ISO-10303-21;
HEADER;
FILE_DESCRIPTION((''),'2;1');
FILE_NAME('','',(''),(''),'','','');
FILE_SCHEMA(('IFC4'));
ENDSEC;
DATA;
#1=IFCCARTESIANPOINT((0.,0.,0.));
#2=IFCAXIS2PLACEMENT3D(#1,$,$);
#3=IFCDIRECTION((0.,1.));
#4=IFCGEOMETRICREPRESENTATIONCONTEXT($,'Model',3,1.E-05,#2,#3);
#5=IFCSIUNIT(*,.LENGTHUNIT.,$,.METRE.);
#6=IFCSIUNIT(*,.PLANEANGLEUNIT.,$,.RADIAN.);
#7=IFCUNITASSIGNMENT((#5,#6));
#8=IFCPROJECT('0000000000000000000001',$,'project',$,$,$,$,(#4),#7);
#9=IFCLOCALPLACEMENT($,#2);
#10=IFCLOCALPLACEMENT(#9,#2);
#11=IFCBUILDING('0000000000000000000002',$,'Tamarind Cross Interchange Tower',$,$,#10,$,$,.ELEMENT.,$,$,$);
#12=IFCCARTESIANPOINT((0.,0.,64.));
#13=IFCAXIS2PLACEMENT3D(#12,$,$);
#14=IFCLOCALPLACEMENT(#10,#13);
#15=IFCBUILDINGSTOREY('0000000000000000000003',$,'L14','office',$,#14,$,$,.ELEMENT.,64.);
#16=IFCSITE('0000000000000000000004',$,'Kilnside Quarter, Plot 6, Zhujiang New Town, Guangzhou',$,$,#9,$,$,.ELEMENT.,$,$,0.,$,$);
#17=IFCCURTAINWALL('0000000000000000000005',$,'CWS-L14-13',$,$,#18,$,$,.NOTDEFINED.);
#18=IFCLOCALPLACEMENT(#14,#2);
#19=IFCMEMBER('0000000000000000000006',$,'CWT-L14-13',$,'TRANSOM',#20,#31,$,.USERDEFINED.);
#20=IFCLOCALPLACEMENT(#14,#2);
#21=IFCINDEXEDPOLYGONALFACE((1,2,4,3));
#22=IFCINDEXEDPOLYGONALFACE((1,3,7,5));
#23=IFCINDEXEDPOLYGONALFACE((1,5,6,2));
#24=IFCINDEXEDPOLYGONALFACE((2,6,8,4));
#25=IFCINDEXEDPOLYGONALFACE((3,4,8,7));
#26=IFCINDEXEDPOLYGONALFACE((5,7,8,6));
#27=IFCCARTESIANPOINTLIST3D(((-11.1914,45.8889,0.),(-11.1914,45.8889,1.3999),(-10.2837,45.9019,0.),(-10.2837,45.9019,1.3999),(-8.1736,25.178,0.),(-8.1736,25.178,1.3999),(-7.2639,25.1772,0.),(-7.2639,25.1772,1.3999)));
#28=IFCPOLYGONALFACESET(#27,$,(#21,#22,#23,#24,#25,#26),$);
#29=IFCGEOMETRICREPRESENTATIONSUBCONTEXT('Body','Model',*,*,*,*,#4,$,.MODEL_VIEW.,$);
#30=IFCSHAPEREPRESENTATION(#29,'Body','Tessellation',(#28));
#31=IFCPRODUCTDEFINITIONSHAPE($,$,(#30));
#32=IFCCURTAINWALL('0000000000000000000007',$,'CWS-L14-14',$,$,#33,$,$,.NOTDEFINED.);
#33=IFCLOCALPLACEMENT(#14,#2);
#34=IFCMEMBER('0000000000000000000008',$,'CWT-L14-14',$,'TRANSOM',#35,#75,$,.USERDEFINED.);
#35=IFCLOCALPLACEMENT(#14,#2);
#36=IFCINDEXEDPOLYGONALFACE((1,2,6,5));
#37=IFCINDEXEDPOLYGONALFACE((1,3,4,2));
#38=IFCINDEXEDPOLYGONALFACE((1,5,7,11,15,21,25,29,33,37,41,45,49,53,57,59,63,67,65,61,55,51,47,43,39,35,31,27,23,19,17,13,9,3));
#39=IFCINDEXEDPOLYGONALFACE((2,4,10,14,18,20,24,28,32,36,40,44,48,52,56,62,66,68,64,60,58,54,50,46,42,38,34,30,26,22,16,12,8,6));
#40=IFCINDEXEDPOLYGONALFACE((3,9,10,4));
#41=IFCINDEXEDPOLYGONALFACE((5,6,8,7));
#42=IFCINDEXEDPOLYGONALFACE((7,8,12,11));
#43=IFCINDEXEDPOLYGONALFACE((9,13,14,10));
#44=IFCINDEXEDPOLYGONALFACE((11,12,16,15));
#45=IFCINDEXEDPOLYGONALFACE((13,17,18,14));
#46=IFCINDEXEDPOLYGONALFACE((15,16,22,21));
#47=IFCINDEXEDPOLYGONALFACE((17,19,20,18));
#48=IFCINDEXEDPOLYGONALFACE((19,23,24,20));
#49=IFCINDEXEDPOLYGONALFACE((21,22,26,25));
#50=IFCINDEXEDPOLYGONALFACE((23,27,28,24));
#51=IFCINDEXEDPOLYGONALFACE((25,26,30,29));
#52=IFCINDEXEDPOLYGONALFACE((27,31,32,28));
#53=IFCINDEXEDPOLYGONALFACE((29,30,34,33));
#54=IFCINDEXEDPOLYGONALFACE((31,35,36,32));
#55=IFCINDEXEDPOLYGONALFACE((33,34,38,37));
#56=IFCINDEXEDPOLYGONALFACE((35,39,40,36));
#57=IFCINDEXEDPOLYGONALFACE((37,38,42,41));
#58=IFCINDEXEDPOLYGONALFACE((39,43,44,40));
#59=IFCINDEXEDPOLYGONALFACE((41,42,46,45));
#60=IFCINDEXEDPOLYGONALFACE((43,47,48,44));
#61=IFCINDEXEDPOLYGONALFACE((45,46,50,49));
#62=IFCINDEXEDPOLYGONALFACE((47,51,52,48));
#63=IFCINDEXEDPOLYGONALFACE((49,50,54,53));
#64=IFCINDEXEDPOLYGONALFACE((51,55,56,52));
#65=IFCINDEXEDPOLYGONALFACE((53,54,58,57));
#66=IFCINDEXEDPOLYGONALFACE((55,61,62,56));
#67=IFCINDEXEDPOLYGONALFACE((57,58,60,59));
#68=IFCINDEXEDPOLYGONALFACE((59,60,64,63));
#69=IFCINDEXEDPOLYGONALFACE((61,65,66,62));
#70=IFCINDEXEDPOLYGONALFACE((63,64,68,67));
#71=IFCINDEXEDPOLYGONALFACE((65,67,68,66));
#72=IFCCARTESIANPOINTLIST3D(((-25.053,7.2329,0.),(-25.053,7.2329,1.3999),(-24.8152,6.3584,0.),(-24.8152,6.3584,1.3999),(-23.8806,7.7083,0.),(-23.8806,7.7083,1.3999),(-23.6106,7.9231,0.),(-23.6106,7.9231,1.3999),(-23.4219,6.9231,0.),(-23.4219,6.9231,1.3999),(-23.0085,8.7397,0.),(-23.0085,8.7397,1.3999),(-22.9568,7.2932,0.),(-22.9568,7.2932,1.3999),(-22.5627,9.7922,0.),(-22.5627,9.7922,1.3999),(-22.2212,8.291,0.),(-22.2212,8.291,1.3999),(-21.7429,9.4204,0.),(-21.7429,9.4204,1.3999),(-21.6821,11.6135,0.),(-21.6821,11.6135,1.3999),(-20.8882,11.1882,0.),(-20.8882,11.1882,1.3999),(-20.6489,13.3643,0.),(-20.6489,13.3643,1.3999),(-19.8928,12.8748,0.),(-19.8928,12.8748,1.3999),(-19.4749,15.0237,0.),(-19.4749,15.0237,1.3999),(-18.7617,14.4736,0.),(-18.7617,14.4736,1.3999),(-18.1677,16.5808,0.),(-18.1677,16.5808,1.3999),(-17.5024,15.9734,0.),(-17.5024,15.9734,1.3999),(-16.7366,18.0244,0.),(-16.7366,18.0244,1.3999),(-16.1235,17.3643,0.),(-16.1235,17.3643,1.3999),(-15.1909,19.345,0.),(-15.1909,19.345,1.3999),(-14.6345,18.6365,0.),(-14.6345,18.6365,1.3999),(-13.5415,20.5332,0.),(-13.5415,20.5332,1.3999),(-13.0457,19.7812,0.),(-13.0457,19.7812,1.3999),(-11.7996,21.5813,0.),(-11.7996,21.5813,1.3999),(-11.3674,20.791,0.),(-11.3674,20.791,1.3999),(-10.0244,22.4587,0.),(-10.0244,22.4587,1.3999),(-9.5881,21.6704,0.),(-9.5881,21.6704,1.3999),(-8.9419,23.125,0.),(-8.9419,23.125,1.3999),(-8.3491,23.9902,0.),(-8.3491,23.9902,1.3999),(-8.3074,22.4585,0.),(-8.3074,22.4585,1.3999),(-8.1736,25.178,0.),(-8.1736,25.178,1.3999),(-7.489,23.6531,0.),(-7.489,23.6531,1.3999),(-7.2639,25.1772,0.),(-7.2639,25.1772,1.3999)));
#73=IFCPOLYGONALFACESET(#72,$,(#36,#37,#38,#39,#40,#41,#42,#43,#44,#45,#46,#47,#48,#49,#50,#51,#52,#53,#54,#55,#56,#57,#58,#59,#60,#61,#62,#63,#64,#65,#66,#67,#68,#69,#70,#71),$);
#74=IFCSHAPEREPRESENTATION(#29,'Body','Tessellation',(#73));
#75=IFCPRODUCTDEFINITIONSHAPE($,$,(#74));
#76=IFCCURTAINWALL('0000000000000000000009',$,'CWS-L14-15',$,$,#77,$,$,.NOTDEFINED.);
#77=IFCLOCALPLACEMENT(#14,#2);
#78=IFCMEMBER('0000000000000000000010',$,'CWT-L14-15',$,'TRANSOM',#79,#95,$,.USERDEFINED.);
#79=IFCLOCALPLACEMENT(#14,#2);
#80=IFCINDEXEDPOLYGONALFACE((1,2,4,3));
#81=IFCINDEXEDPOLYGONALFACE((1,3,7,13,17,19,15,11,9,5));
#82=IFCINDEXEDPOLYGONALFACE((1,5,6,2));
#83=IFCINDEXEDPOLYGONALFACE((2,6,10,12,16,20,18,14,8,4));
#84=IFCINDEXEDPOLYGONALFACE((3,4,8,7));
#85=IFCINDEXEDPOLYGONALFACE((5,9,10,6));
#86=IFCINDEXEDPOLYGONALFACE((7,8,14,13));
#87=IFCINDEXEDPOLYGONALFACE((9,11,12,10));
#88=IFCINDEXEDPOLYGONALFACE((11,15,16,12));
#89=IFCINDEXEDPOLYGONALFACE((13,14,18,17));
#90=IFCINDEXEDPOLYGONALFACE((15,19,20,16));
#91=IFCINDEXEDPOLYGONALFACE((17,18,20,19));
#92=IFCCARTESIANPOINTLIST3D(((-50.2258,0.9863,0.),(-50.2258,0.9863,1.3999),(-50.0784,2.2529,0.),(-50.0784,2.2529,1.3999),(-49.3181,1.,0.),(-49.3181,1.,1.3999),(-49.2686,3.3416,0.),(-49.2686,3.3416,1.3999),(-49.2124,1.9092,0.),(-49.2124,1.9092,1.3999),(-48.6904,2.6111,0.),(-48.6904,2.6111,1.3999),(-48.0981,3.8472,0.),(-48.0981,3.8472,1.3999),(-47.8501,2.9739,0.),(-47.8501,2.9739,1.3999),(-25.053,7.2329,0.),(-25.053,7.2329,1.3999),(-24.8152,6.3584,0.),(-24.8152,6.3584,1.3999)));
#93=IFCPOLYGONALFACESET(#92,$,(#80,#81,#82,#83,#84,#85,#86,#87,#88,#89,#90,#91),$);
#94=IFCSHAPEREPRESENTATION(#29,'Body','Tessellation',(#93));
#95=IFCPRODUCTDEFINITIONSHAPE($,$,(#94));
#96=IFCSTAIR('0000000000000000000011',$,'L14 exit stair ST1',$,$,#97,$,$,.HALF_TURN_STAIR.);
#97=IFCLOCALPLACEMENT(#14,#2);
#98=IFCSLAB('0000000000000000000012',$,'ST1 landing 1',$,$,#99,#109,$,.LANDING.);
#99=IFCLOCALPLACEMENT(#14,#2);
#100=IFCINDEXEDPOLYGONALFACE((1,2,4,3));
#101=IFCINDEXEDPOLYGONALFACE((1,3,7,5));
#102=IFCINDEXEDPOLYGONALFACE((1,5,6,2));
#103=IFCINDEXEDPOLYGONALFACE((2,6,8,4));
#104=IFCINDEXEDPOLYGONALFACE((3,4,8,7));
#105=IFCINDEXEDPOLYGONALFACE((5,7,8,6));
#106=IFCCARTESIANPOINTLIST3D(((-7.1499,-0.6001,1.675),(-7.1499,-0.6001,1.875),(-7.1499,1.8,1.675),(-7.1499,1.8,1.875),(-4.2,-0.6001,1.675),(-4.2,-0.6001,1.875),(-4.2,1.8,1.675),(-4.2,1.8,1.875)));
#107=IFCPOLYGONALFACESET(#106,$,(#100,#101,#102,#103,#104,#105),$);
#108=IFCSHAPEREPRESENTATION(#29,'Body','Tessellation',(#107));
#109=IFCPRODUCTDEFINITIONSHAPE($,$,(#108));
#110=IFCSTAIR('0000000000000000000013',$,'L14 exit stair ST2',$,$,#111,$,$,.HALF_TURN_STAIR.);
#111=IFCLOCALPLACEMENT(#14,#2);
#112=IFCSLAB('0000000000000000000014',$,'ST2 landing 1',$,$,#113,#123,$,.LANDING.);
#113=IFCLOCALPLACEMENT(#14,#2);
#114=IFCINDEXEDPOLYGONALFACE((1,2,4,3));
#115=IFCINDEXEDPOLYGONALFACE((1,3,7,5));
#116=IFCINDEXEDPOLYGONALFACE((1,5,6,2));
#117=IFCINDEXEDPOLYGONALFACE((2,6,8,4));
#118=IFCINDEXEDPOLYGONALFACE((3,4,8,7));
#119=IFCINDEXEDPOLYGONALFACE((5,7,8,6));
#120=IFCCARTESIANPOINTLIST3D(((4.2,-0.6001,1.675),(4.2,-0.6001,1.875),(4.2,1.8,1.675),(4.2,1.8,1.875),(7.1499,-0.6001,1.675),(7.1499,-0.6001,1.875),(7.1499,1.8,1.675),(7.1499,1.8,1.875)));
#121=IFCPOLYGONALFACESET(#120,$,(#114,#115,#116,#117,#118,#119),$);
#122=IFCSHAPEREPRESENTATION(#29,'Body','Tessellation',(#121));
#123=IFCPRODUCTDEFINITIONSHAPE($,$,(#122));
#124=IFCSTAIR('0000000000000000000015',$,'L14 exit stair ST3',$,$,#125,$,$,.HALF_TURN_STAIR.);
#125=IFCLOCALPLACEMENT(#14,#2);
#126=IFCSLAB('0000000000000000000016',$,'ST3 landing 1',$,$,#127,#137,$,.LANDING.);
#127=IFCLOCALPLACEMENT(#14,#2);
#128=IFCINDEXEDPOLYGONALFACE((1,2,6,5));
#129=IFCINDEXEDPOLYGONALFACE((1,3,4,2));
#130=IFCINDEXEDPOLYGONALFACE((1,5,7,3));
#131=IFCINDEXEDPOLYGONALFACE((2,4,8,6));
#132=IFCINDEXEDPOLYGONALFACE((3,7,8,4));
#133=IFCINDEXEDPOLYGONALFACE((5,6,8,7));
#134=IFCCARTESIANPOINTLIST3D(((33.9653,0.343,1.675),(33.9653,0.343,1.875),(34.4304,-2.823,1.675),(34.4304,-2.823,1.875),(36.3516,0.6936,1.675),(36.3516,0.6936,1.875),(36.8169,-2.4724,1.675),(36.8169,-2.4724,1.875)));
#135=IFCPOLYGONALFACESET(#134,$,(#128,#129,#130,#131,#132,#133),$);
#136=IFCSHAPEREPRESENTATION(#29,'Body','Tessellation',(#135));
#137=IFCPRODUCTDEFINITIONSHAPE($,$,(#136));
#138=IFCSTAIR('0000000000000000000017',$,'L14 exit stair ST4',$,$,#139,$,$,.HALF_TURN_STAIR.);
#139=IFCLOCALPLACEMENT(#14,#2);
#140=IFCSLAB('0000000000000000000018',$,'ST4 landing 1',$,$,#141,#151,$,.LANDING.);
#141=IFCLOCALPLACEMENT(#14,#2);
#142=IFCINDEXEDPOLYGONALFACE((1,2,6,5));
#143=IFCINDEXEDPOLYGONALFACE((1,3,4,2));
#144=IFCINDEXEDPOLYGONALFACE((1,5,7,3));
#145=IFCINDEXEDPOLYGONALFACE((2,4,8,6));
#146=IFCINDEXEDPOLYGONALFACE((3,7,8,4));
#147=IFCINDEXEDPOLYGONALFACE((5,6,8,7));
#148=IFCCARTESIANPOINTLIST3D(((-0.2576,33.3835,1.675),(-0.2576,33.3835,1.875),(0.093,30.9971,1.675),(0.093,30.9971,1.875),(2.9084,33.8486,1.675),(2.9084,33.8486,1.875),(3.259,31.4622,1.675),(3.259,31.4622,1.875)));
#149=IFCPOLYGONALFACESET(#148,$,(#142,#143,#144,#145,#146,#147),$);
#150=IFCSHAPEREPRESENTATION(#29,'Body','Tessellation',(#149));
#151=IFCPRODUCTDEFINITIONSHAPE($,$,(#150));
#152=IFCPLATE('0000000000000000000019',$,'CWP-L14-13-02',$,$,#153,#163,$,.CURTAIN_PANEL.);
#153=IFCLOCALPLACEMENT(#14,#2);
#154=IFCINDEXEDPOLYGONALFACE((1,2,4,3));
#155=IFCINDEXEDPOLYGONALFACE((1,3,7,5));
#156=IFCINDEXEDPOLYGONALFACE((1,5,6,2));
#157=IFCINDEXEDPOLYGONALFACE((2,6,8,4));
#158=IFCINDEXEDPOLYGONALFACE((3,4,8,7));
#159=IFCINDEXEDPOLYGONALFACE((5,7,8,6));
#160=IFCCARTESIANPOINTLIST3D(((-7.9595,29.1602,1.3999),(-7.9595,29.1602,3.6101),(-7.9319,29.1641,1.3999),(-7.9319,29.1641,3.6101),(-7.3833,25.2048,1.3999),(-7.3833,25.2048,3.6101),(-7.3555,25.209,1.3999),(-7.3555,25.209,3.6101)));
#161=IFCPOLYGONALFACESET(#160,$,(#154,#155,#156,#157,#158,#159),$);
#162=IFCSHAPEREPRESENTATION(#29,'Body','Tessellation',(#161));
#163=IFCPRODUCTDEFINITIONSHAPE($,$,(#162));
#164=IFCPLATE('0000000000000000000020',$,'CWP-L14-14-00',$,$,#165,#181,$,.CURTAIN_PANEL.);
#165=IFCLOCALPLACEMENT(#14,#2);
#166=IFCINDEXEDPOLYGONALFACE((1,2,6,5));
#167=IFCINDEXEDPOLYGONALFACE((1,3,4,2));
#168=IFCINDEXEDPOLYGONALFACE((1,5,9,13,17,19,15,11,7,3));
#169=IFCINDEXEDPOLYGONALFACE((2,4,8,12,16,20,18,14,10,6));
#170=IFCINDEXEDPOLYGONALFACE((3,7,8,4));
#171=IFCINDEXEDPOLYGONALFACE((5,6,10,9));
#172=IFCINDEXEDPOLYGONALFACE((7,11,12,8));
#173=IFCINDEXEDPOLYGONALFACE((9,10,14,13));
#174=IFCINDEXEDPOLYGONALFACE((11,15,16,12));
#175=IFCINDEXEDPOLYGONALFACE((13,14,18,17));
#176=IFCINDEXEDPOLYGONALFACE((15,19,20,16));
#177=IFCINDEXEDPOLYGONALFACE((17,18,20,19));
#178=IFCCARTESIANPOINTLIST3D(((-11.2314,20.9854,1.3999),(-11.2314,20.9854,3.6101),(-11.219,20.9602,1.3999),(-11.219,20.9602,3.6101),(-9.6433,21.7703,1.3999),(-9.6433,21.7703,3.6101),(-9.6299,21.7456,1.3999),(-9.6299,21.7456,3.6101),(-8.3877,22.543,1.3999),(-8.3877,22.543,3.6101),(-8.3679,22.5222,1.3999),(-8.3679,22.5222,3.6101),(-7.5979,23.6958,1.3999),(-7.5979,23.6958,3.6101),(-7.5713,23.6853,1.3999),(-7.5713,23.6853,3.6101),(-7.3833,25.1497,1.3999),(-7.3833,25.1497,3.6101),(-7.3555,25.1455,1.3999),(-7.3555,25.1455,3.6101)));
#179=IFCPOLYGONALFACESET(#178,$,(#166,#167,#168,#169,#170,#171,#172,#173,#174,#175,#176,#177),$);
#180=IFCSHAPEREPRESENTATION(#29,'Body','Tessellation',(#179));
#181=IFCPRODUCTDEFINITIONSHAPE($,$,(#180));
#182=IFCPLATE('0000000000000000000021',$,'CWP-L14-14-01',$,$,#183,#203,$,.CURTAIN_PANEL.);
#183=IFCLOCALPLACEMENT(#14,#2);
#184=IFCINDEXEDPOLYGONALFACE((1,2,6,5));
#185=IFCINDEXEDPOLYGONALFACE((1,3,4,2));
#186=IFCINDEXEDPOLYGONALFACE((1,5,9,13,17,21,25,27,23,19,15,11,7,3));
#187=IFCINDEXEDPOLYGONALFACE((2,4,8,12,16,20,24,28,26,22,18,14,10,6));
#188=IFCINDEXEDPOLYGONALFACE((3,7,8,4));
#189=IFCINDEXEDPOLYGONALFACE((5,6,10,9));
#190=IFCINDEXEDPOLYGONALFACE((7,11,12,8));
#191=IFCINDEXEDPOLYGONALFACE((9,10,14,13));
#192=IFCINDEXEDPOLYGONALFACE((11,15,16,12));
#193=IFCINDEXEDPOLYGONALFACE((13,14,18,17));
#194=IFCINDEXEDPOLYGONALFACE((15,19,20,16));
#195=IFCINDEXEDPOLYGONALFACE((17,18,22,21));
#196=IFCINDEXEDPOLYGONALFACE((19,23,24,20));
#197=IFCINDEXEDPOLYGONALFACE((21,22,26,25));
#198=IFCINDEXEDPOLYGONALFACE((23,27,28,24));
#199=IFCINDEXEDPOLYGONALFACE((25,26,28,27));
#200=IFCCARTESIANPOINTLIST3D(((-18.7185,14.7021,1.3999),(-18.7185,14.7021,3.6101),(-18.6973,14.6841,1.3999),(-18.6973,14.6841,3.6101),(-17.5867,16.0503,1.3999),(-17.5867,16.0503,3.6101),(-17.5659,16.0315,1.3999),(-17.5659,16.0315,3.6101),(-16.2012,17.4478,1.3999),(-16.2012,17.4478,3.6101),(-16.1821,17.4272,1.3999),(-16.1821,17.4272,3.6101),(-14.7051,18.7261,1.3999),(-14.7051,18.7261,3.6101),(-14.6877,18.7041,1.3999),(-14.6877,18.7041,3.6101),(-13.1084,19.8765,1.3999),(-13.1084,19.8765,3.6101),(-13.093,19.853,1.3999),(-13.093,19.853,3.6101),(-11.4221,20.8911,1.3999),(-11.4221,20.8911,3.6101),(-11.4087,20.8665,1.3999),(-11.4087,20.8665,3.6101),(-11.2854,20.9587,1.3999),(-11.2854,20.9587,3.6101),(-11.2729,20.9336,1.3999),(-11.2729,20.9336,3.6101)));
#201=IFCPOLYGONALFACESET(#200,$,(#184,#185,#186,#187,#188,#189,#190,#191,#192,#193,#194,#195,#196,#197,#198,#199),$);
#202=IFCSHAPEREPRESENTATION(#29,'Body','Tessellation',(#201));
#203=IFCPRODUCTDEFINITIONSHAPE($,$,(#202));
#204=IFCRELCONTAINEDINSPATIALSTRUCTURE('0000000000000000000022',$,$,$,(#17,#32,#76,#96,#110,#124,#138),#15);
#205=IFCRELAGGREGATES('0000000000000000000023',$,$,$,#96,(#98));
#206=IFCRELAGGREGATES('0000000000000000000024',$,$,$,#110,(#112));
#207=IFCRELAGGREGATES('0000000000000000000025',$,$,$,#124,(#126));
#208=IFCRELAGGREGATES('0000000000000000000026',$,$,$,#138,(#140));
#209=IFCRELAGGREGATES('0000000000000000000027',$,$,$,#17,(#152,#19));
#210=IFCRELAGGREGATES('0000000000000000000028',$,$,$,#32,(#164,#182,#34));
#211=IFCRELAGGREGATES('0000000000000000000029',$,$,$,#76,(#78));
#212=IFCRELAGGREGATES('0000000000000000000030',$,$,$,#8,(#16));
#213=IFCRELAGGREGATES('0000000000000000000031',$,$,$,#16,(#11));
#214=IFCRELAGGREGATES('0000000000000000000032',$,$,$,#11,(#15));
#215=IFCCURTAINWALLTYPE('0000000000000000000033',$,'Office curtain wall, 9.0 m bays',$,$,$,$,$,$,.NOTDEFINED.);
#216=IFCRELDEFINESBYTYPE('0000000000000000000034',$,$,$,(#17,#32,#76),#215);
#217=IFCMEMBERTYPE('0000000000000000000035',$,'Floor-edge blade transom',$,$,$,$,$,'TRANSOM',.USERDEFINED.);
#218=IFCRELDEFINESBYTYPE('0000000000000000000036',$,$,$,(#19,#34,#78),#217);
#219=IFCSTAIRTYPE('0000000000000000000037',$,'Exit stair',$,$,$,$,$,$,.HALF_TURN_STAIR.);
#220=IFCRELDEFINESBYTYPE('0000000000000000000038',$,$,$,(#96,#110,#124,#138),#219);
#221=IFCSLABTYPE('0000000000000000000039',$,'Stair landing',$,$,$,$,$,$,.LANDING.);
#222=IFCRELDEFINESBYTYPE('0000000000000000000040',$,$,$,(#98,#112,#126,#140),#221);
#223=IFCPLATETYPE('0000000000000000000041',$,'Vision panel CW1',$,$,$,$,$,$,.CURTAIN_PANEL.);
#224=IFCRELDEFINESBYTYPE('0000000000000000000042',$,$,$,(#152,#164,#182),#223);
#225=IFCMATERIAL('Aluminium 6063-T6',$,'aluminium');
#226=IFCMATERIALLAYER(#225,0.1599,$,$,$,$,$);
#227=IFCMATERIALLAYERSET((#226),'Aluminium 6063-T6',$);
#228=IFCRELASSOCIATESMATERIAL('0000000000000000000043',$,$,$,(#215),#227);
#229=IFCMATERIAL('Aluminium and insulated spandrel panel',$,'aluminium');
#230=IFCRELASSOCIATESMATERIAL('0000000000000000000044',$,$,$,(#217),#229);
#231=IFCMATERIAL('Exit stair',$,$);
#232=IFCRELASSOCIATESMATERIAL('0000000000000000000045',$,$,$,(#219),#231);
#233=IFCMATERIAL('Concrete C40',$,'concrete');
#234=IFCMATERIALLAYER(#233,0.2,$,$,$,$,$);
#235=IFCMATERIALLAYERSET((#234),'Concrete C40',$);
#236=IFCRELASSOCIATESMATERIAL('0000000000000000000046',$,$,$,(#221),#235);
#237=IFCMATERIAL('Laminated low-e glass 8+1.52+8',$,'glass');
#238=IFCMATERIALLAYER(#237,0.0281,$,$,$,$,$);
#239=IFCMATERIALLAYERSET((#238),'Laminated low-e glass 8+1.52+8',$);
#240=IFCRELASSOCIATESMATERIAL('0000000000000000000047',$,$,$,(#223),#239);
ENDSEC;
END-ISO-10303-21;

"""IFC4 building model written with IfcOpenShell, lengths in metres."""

from ifc_helpers import new_model, si_unit, direction, frame, origin, place, context, subcontext, project, spatial, polyline, outline, extrude, material, layer, layer_set, type_object, element, aggregate, save


model = new_model("IFC4")

# Units and contexts
model_context = context("Model", 3, precision=1e-05, world=origin(), true_north=direction((0.0, 1.0)))
body_context = subcontext(model_context, "Body", "Model", "MODEL_VIEW")
ifc_project = project(units=[si_unit("LENGTHUNIT", "METRE"), si_unit("PLANEANGLEUNIT", "RADIAN")], contexts=[model_context])

# Site, building, storey
site_placement = place(None, origin())
site = spatial("IfcSite", under=ifc_project, at=site_placement, Name="Kilnside Quarter, Plot 6, Zhujiang New Town, Guangzhou", CompositionType="ELEMENT", RefElevation=0.0)
building_placement = place(site_placement, origin())
building = spatial("IfcBuilding", under=site, at=building_placement, Name="Tamarind Cross Interchange Tower", CompositionType="ELEMENT")
storey_placement = place(building_placement, frame((0.0, 0.0, 64.0)))
storey = spatial("IfcBuildingStorey", under=building, at=storey_placement, Name="L14", Description="office", CompositionType="ELEMENT", Elevation=64.0)

# Curtain walls, members
ifc_material_1 = material(Name="Aluminium 6063-T6", Category="aluminium")
ifc_layer_1 = layer(ifc_material_1, 0.1599)
ifc_layer_set_1 = layer_set([ifc_layer_1], Name="Aluminium 6063-T6")
curtain_wall_type = type_object("IfcCurtainWallType", Name="Office curtain wall, 9.0 m bays", PredefinedType="NOTDEFINED", material=ifc_layer_set_1)
curtain_wall_1_placement = place(storey_placement, origin())
curtain_wall_1 = element("IfcCurtainWall", 1, at=curtain_wall_1_placement, inside=storey, type_object=curtain_wall_type, Name="CWS-L14-13", PredefinedType="NOTDEFINED")
ifc_material_2 = material(Name="Aluminium and insulated spandrel panel", Category="aluminium")
member_type = type_object("IfcMemberType", Name="Floor-edge blade transom", ElementType="TRANSOM", PredefinedType="USERDEFINED", material=ifc_material_2)
member_1_placement = place(storey_placement, origin())
member_1 = element("IfcMember", 2, at=member_1_placement, type_object=member_type, Name="CWT-L14-13", ObjectType="TRANSOM", PredefinedType="USERDEFINED", context=body_context, shape_type="SweptSolid", body=[
    extrude(outline(polyline([(-10.2837, 45.9019), (-7.2639, 25.1772), (-8.1736, 25.178), (-11.1914, 45.8889), (-10.2837, 45.9019)])), origin(), (0.0, 0.0, 1.0), 1.3999),
])
curtain_wall_2_placement = place(storey_placement, origin())
curtain_wall_2 = element("IfcCurtainWall", 3, at=curtain_wall_2_placement, inside=storey, type_object=curtain_wall_type, Name="CWS-L14-14", PredefinedType="NOTDEFINED")
member_2_placement = place(storey_placement, origin())
member_2 = element("IfcMember", 4, at=member_2_placement, type_object=member_type, Name="CWT-L14-14", ObjectType="TRANSOM", PredefinedType="USERDEFINED", context=body_context, shape_type="SweptSolid", body=[
    extrude(outline(polyline([(-7.2639, 25.1772), (-7.489, 23.6531), (-8.3074, 22.4585), (-9.5881, 21.6704), (-11.3674, 20.791), (-13.0457, 19.7812), (-14.6345, 18.6365), (-16.1235, 17.3643), (-17.5024, 15.9734), (-18.7617, 14.4736), (-19.8928, 12.8748), (-20.8882, 11.1882), (-21.7429, 9.4204), (-22.2212, 8.291), (-22.9568, 7.2932), (-23.4219, 6.9231), (-24.8152, 6.3584), (-25.053, 7.2329), (-23.8806, 7.7083), (-23.6106, 7.9231), (-23.0085, 8.7397), (-22.5627, 9.7922), (-21.6821, 11.6135), (-20.6489, 13.3643), (-19.4749, 15.0237), (-18.1677, 16.5808), (-16.7366, 18.0244), (-15.1909, 19.345), (-13.5415, 20.5332), (-11.7996, 21.5813), (-10.0244, 22.4587), (-8.9419, 23.125), (-8.3491, 23.9902), (-8.1736, 25.178), (-7.2639, 25.1772)])), origin(), (0.0, 0.0, 1.0), 1.3999),
])
curtain_wall_3_placement = place(storey_placement, origin())
curtain_wall_3 = element("IfcCurtainWall", 5, at=curtain_wall_3_placement, inside=storey, type_object=curtain_wall_type, Name="CWS-L14-15", PredefinedType="NOTDEFINED")
member_3_placement = place(storey_placement, origin())
member_3 = element("IfcMember", 6, at=member_3_placement, type_object=member_type, Name="CWT-L14-15", ObjectType="TRANSOM", PredefinedType="USERDEFINED", context=body_context, shape_type="SweptSolid", body=[
    extrude(outline(polyline([(-24.8152, 6.3584), (-47.8501, 2.9739), (-48.6904, 2.6111), (-49.2124, 1.9092), (-49.3181, 1.0), (-50.2258, 0.9863), (-50.0784, 2.2529), (-49.2686, 3.3416), (-48.0981, 3.8472), (-25.053, 7.2329), (-24.8152, 6.3584)])), origin(), (0.0, 0.0, 1.0), 1.3999),
])

# Stairs, slabs
ifc_material_3 = material(Name="Exit stair")
stair_type = type_object("IfcStairType", Name="Exit stair", PredefinedType="HALF_TURN_STAIR", material=ifc_material_3)
stair_1_placement = place(storey_placement, origin())
stair_1 = element("IfcStair", 7, at=stair_1_placement, inside=storey, type_object=stair_type, Name="L14 exit stair ST1", PredefinedType="HALF_TURN_STAIR")
ifc_material_4 = material(Name="Concrete C40", Category="concrete")
ifc_layer_2 = layer(ifc_material_4, 0.2)
ifc_layer_set_2 = layer_set([ifc_layer_2], Name="Concrete C40")
slab_type = type_object("IfcSlabType", Name="Stair landing", PredefinedType="LANDING", material=ifc_layer_set_2)
slab_1_placement = place(storey_placement, frame((0.0, 0.0, 1.675)))
slab_1 = element("IfcSlab", 8, at=slab_1_placement, type_object=slab_type, Name="ST1 landing 1", PredefinedType="LANDING", context=body_context, shape_type="SweptSolid", body=[
    extrude(outline(polyline([(-4.2, -0.6001), (-4.2, 1.8), (-7.1499, 1.8), (-7.1499, -0.6001), (-4.2, -0.6001)])), origin(), (0.0, 0.0, 1.0), 0.2),
])
aggregate(stair_1, [slab_1])
stair_2_placement = place(storey_placement, origin())
stair_2 = element("IfcStair", 9, at=stair_2_placement, inside=storey, type_object=stair_type, Name="L14 exit stair ST2", PredefinedType="HALF_TURN_STAIR")
slab_2_placement = place(storey_placement, frame((0.0, 0.0, 1.675)))
slab_2 = element("IfcSlab", 10, at=slab_2_placement, type_object=slab_type, Name="ST2 landing 1", PredefinedType="LANDING", context=body_context, shape_type="SweptSolid", body=[
    extrude(outline(polyline([(7.1499, -0.6001), (7.1499, 1.8), (4.2, 1.8), (4.2, -0.6001), (7.1499, -0.6001)])), origin(), (0.0, 0.0, 1.0), 0.2),
])
aggregate(stair_2, [slab_2])
stair_3_placement = place(storey_placement, origin())
stair_3 = element("IfcStair", 11, at=stair_3_placement, inside=storey, type_object=stair_type, Name="L14 exit stair ST3", PredefinedType="HALF_TURN_STAIR")
slab_3_placement = place(storey_placement, frame((0.0, 0.0, 1.675)))
slab_3 = element("IfcSlab", 12, at=slab_3_placement, type_object=slab_type, Name="ST3 landing 1", PredefinedType="LANDING", context=body_context, shape_type="SweptSolid", body=[
    extrude(outline(polyline([(34.4304, -2.823), (36.8169, -2.4724), (36.3516, 0.6936), (33.9653, 0.343), (34.4304, -2.823)])), origin(), (0.0, 0.0, 1.0), 0.2),
])
aggregate(stair_3, [slab_3])
stair_4_placement = place(storey_placement, origin())
stair_4 = element("IfcStair", 13, at=stair_4_placement, inside=storey, type_object=stair_type, Name="L14 exit stair ST4", PredefinedType="HALF_TURN_STAIR")
slab_4_placement = place(storey_placement, frame((0.0, 0.0, 1.675)))
slab_4 = element("IfcSlab", 14, at=slab_4_placement, type_object=slab_type, Name="ST4 landing 1", PredefinedType="LANDING", context=body_context, shape_type="SweptSolid", body=[
    extrude(outline(polyline([(3.259, 31.4622), (2.9084, 33.8486), (-0.2576, 33.3835), (0.093, 30.9971), (3.259, 31.4622)])), origin(), (0.0, 0.0, 1.0), 0.2),
])
aggregate(stair_4, [slab_4])

# Plates
ifc_material_5 = material(Name="Laminated low-e glass 8+1.52+8", Category="glass")
ifc_layer_3 = layer(ifc_material_5, 0.0281)
ifc_layer_set_3 = layer_set([ifc_layer_3], Name="Laminated low-e glass 8+1.52+8")
plate_type = type_object("IfcPlateType", Name="Vision panel CW1", PredefinedType="CURTAIN_PANEL", material=ifc_layer_set_3)
plate_1_placement = place(storey_placement, frame((0.0, 0.0, 1.3999)))
plate_1 = element("IfcPlate", 15, at=plate_1_placement, type_object=plate_type, Name="CWP-L14-13-02", PredefinedType="CURTAIN_PANEL", context=body_context, shape_type="SweptSolid", body=[
    extrude(outline(polyline([(-7.9319, 29.1641), (-7.3555, 25.209), (-7.3833, 25.2048), (-7.9595, 29.1602), (-7.9319, 29.1641)])), origin(), (0.0, 0.0, 1.0), 2.2102),
])
aggregate(curtain_wall_1, [plate_1, member_1])
plate_2_placement = place(storey_placement, frame((0.0, 0.0, 1.3999)))
plate_2 = element("IfcPlate", 16, at=plate_2_placement, type_object=plate_type, Name="CWP-L14-14-00", PredefinedType="CURTAIN_PANEL", context=body_context, shape_type="SweptSolid", body=[
    extrude(outline(polyline([(-7.3555, 25.1455), (-7.5713, 23.6853), (-8.3679, 22.5222), (-9.6299, 21.7456), (-11.219, 20.9602), (-11.2314, 20.9854), (-9.6433, 21.7703), (-8.3877, 22.543), (-7.5979, 23.6958), (-7.3833, 25.1497), (-7.3555, 25.1455)])), origin(), (0.0, 0.0, 1.0), 2.2102),
])
plate_3_placement = place(storey_placement, frame((0.0, 0.0, 1.3999)))
plate_3 = element("IfcPlate", 17, at=plate_3_placement, type_object=plate_type, Name="CWP-L14-14-01", PredefinedType="CURTAIN_PANEL", context=body_context, shape_type="SweptSolid", body=[
    extrude(outline(polyline([(-11.2729, 20.9336), (-11.4087, 20.8665), (-13.093, 19.853), (-14.6877, 18.7041), (-16.1821, 17.4272), (-17.5659, 16.0315), (-18.6973, 14.6841), (-18.7185, 14.7021), (-17.5867, 16.0503), (-16.2012, 17.4478), (-14.7051, 18.7261), (-13.1084, 19.8765), (-11.4221, 20.8911), (-11.2854, 20.9587), (-11.2729, 20.9336)])), origin(), (0.0, 0.0, 1.0), 2.2102),
])
aggregate(curtain_wall_2, [plate_2, plate_3, member_2])
aggregate(curtain_wall_3, [member_3])

save(model, "model.ifc")
